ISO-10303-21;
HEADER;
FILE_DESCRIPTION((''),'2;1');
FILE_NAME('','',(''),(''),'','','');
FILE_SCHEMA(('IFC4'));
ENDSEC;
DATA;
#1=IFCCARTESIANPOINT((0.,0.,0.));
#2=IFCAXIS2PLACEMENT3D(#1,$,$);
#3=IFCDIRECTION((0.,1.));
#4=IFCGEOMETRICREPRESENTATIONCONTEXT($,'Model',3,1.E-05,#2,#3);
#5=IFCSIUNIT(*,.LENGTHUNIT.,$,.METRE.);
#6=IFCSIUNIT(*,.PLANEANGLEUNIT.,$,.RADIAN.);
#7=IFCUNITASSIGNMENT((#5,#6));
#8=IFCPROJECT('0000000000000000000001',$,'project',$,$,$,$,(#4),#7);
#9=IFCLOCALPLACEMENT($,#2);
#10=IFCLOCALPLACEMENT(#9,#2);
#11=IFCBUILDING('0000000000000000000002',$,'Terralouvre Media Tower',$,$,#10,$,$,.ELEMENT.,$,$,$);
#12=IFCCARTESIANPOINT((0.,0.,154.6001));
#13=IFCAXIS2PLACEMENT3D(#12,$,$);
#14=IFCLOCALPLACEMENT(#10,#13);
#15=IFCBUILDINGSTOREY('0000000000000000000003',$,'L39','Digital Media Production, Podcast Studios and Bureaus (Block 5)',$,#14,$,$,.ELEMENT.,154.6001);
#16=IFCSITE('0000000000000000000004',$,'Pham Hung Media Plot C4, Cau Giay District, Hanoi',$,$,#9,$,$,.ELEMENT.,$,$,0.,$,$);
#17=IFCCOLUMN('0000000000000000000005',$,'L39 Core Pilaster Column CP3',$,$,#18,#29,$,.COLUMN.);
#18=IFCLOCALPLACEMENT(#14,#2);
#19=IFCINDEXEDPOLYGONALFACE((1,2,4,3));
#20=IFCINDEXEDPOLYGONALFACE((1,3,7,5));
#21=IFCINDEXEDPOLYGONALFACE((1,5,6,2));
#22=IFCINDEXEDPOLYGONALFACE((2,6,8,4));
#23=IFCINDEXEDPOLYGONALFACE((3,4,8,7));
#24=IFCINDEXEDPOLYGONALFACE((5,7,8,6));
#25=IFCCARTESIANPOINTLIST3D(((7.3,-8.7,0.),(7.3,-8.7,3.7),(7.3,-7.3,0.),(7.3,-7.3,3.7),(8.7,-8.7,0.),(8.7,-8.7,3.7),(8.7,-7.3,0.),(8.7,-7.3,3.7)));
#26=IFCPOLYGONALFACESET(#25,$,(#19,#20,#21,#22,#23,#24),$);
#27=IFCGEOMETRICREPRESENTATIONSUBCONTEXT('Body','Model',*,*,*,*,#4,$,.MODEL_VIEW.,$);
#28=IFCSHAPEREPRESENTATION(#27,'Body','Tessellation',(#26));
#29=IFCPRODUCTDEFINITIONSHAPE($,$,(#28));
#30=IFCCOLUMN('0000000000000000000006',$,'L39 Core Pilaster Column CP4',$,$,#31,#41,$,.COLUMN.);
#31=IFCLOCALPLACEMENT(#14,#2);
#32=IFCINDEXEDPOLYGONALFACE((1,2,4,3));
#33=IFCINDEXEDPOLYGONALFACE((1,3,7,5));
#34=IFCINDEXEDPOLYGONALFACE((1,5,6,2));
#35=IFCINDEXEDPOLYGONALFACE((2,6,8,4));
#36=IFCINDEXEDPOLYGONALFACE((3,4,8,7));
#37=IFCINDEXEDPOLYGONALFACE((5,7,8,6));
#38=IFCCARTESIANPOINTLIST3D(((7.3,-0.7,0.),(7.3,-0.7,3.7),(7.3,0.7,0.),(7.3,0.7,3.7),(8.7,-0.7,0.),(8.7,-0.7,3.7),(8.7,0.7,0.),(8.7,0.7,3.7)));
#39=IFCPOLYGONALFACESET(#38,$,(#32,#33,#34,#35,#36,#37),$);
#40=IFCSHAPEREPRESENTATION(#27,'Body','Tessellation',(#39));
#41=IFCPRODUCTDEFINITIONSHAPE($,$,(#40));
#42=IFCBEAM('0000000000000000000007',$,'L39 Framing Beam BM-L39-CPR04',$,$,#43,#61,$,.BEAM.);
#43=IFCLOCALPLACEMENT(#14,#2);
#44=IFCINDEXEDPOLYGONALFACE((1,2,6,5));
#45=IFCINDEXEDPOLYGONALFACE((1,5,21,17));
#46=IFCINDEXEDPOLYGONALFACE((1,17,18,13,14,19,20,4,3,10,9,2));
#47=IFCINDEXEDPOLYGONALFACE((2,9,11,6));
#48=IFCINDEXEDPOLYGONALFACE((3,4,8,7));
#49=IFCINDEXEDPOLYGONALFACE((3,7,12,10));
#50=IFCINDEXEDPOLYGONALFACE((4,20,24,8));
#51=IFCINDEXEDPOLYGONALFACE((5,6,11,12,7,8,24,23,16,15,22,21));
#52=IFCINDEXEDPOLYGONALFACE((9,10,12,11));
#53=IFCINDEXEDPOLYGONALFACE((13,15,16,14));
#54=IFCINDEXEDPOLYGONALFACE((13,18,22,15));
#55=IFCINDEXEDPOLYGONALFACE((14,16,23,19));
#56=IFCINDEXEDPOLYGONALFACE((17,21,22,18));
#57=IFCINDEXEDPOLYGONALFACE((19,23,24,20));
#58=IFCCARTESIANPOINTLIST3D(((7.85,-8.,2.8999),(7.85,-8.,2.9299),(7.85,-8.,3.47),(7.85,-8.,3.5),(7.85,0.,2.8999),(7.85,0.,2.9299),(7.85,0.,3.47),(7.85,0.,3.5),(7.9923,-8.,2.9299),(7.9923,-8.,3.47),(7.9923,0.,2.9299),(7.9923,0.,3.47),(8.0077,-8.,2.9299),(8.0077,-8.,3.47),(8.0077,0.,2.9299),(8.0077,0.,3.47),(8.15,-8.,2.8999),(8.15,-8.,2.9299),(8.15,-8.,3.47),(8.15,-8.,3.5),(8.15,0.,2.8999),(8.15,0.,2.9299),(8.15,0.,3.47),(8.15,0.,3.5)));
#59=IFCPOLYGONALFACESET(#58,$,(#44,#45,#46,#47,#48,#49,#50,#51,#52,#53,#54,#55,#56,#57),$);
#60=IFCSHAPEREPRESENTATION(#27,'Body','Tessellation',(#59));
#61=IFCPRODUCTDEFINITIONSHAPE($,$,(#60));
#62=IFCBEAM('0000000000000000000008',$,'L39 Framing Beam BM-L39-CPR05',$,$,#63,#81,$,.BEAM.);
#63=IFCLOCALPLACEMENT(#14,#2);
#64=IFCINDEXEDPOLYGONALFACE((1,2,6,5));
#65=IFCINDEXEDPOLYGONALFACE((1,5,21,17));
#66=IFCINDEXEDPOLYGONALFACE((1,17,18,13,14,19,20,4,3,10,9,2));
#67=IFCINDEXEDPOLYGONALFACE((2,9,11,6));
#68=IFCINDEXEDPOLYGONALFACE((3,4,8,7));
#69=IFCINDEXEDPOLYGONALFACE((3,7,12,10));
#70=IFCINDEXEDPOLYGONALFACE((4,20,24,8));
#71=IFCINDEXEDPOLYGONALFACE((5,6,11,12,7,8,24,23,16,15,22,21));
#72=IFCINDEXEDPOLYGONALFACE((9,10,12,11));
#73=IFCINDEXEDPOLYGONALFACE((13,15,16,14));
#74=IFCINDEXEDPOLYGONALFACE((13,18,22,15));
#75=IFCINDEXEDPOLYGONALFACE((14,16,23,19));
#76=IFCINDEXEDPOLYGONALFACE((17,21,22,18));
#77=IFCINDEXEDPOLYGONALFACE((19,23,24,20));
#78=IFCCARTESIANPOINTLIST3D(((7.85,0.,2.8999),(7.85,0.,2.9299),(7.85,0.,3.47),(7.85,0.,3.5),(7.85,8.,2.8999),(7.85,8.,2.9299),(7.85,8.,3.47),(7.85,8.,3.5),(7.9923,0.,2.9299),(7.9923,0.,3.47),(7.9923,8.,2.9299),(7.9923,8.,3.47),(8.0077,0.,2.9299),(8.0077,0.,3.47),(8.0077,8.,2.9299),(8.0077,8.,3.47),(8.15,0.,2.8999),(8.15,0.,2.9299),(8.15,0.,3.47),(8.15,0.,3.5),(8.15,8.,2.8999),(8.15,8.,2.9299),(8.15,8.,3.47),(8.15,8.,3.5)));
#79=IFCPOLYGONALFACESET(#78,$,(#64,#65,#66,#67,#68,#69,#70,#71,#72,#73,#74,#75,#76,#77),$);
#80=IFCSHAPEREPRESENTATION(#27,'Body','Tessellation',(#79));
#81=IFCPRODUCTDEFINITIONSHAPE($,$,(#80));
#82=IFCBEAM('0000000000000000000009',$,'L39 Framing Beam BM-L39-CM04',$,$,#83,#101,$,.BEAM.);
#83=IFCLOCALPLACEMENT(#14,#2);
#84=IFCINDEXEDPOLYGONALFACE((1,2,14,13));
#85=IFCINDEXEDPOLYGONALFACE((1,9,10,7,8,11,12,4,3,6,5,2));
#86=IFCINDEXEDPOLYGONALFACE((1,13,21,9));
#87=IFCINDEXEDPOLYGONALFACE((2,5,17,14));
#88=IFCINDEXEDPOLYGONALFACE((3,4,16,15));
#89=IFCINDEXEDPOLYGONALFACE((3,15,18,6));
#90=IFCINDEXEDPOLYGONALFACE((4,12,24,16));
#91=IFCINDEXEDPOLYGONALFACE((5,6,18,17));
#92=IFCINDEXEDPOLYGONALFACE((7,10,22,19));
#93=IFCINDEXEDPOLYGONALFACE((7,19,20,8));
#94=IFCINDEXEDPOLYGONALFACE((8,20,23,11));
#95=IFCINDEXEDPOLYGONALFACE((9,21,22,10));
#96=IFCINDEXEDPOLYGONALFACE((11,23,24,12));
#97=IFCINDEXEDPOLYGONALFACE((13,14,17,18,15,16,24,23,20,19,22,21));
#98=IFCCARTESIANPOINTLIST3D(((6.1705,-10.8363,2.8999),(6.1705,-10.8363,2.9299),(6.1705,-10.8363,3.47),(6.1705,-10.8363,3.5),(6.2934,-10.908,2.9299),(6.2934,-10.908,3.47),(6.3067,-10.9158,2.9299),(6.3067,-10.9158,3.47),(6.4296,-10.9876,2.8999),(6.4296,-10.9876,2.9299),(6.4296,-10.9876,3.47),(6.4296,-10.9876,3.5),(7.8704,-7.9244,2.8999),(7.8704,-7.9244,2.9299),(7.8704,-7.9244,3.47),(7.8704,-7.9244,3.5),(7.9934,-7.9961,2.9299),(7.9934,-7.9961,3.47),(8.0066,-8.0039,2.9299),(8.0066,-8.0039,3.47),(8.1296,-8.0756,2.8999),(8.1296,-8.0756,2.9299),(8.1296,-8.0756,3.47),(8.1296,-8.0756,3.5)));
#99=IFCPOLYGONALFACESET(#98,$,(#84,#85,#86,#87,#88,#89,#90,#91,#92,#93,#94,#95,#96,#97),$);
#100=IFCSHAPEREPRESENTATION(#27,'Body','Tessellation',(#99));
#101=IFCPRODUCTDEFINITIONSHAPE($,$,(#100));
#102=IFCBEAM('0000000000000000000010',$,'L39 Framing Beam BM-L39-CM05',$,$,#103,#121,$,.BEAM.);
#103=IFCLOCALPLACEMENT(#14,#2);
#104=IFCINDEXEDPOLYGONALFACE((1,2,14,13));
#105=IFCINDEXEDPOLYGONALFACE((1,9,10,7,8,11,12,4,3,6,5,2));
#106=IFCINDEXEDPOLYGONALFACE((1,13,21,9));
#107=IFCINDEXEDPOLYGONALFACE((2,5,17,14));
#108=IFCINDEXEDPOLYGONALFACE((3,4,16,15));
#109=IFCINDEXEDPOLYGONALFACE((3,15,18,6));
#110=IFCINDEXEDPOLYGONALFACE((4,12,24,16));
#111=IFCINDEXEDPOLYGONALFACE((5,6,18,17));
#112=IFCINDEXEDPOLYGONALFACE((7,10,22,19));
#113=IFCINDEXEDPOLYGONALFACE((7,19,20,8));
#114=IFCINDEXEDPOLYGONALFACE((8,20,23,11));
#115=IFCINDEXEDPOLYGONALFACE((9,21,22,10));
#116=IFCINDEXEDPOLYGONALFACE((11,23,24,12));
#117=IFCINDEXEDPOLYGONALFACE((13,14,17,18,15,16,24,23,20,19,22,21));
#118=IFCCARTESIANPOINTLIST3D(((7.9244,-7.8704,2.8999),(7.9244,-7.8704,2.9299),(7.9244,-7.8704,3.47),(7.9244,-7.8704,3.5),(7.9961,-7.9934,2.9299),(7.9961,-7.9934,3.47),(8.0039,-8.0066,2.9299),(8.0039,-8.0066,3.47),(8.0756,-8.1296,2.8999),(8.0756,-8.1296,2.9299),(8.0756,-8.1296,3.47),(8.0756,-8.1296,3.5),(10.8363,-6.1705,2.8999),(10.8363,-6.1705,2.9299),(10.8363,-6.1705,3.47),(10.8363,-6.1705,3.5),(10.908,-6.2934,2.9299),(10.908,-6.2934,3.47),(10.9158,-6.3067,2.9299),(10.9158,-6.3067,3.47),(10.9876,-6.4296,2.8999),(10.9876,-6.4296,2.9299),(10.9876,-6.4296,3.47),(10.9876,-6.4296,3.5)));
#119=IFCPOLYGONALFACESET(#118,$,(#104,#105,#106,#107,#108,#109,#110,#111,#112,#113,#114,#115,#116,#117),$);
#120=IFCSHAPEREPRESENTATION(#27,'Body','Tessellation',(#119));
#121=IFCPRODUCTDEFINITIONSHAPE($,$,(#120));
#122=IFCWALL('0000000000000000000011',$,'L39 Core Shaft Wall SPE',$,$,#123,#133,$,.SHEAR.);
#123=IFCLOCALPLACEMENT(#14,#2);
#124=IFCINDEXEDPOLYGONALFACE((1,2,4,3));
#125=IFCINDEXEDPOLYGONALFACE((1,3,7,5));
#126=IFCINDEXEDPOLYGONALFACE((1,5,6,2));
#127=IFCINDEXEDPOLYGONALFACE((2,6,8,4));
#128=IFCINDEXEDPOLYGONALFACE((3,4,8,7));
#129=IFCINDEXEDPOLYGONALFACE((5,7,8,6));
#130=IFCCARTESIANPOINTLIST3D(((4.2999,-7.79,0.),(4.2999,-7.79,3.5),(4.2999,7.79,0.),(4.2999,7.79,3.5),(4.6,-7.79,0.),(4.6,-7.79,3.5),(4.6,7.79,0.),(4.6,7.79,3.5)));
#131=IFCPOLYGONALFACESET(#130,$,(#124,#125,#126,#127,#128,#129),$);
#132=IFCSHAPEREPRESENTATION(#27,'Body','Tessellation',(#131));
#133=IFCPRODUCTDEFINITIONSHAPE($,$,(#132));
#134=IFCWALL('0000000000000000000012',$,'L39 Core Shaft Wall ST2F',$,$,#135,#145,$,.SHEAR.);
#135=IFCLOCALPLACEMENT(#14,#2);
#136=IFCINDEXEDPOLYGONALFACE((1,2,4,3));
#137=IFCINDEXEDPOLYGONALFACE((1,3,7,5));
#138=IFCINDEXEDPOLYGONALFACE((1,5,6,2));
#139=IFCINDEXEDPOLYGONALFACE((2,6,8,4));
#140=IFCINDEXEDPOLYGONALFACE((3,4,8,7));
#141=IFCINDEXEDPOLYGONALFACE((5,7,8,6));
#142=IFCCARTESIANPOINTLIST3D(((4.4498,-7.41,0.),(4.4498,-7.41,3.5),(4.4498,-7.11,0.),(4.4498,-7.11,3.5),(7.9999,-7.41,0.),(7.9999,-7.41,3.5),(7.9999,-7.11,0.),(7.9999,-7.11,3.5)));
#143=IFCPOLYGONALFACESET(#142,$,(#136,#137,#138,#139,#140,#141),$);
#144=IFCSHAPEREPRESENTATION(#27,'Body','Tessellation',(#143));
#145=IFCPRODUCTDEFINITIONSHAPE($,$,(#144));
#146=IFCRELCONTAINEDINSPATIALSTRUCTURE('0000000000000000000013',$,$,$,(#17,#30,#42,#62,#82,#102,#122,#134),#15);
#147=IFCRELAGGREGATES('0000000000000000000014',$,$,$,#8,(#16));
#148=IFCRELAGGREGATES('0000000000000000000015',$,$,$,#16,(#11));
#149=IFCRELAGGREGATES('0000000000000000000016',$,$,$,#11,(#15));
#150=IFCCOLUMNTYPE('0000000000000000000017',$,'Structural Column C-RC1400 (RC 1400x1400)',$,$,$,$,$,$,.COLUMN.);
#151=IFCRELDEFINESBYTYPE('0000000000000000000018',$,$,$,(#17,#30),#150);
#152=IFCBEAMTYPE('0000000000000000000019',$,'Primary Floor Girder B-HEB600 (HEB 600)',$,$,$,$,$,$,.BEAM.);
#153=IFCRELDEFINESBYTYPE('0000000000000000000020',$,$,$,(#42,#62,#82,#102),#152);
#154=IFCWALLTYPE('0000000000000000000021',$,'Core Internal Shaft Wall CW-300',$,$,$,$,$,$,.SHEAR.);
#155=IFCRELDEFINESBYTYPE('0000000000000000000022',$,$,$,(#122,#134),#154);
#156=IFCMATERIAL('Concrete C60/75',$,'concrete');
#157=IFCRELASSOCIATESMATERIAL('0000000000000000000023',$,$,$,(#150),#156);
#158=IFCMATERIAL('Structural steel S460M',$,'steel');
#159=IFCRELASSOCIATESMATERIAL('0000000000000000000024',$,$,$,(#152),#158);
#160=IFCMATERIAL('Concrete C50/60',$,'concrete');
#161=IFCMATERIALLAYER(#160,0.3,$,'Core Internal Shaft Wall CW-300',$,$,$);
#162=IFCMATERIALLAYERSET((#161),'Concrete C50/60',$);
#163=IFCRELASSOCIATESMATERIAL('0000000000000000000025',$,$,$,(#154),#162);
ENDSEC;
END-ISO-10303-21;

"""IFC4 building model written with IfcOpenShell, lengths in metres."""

from ifc_helpers import new_model, si_unit, direction, frame, frame_2d, origin, origin_2d, place, context, subcontext, project, spatial, rectangle, i_section, extrude, material, layer, layer_set, material_profile, profile_set, type_object, element, save


model = new_model("IFC4")

# Units and contexts
model_context = context("Model", 3, precision=1e-05, world=origin(), true_north=direction((0.0, 1.0)))
body_context = subcontext(model_context, "Body", "Model", "MODEL_VIEW")
ifc_project = project(units=[si_unit("LENGTHUNIT", "METRE"), si_unit("PLANEANGLEUNIT", "RADIAN")], contexts=[model_context])

# Site, building, storey
site_placement = place(None, origin())
site = spatial("IfcSite", under=ifc_project, at=site_placement, Name="Pham Hung Media Plot C4, Cau Giay District, Hanoi", CompositionType="ELEMENT", RefElevation=0.0)
building_placement = place(site_placement, origin())
building = spatial("IfcBuilding", under=site, at=building_placement, Name="Terralouvre Media Tower", CompositionType="ELEMENT")
storey_placement = place(building_placement, frame((0.0, 0.0, 154.6001)))
storey = spatial("IfcBuildingStorey", under=building, at=storey_placement, Name="L39", Description="Digital Media Production, Podcast Studios and Bureaus (Block 5)", CompositionType="ELEMENT", Elevation=154.6001)

# Columns
ifc_material_1 = material(Name="Concrete C60/75", Category="concrete")
ifc_material_profile_1 = material_profile(ifc_material_1, rectangle(XDim=1.3999, YDim=1.3999, at=origin_2d()), Name="RC 1400x1400")
ifc_profile_set_1 = profile_set([ifc_material_profile_1], Name="Concrete C60/75")
column_type = type_object("IfcColumnType", Name="Structural Column C-RC1400 (RC 1400x1400)", PredefinedType="COLUMN", material=ifc_profile_set_1)
for number, where, z_axis, x_axis, name in (
    (1, (8.0, -8.0, 0.0), (0.0, 0.0, 1.0), (1.0, 0.0, 0.0), "L39 Core Pilaster Column CP3"),
    (2, (8.0, 0.0, 0.0), (0.0, 0.0, 1.0), (1.0, 0.0, 0.0), "L39 Core Pilaster Column CP4"),
):
    element("IfcColumn", number, at=place(storey_placement, frame(where, z_axis=z_axis, x_axis=x_axis)), inside=storey, type_object=column_type, Name=name, PredefinedType="COLUMN", context=body_context, shape_type="SweptSolid", body=[
        extrude(rectangle(XDim=1.3999, YDim=1.3999, at=origin_2d()), origin(), (0.0, 0.0, 1.0), 3.7),
    ])

# Beams
ifc_material_2 = material(Name="Structural steel S460M", Category="steel")
ifc_material_profile_2 = material_profile(ifc_material_2, i_section(OverallWidth=0.3, OverallDepth=0.6001, WebThickness=0.0154, FlangeThickness=0.03, at=origin_2d()), Name="HEB 600")
ifc_profile_set_2 = profile_set([ifc_material_profile_2], Name="Structural steel S460M")
beam_type = type_object("IfcBeamType", Name="Primary Floor Girder B-HEB600 (HEB 600)", PredefinedType="BEAM", material=ifc_profile_set_2)
for number, where, z_axis, x_axis, name in (
    (3, (8.0, -8.0, 3.2), (0.0, 1.0, 0.0), (-1.0, 0.0, 0.0), "L39 Framing Beam BM-L39-CPR04"),
    (4, (8.0, 0.0, 3.2), (0.0, 1.0, 0.0), (-1.0, 0.0, 0.0), "L39 Framing Beam BM-L39-CPR05"),
):
    element("IfcBeam", number, at=place(storey_placement, frame(where, z_axis=z_axis, x_axis=x_axis)), inside=storey, type_object=beam_type, Name=name, PredefinedType="BEAM", context=body_context, shape_type="SweptSolid", body=[
        extrude(i_section(OverallWidth=0.3, OverallDepth=0.6001, WebThickness=0.0154, FlangeThickness=0.03, at=origin_2d()), origin(), (0.0, 0.0, 1.0), 8.0),
    ])
for number, where, z_axis, x_axis, name in (
    (5, (8.0, -8.0, 3.2), (-0.504173, -0.863603, 0.0), (0.863603, -0.504173, 0.0), "L39 Framing Beam BM-L39-CM04"),
    (6, (8.0, -8.0, 3.2), (0.863603, 0.504173, 0.0), (-0.504173, 0.863603, 0.0), "L39 Framing Beam BM-L39-CM05"),
):
    element("IfcBeam", number, at=place(storey_placement, frame(where, z_axis=z_axis, x_axis=x_axis)), inside=storey, type_object=beam_type, Name=name, PredefinedType="BEAM", context=body_context, shape_type="SweptSolid", body=[
        extrude(i_section(OverallWidth=0.3, OverallDepth=0.6001, WebThickness=0.0154, FlangeThickness=0.03, at=origin_2d()), origin(), (0.0, 0.0, 1.0), 3.3718),
    ])

# Wall
ifc_material_3 = material(Name="Concrete C50/60", Category="concrete")
ifc_layer_1 = layer(ifc_material_3, 0.3, Name="Core Internal Shaft Wall CW-300")
ifc_layer_set_1 = layer_set([ifc_layer_1], Name="Concrete C50/60")
wall_type_1 = type_object("IfcWallType", Name="Core Internal Shaft Wall CW-300", PredefinedType="SHEAR", material=ifc_layer_set_1)
wall_1_placement = place(storey_placement, frame((4.45, -7.79, 0.0), z_axis=(0.0, 0.0, 1.0), x_axis=(0.0, 1.0, 0.0)))
element("IfcWall", 7, at=wall_1_placement, inside=storey, type_object=wall_type_1, Name="L39 Core Shaft Wall SPE", PredefinedType="SHEAR", context=body_context, shape_type="SweptSolid", body=[
    extrude(rectangle(XDim=15.5801, YDim=0.3, at=frame_2d((7.79, 0.0))), origin(), (0.0, 0.0, 1.0), 3.5),
])

# Wall
wall_2_placement = place(storey_placement, frame((4.45, -7.26, 0.0), z_axis=(0.0, 0.0, 1.0), x_axis=(1.0, 0.0, 0.0)))
element("IfcWall", 8, at=wall_2_placement, inside=storey, type_object=wall_type_1, Name="L39 Core Shaft Wall ST2F", PredefinedType="SHEAR", context=body_context, shape_type="SweptSolid", body=[
    extrude(rectangle(XDim=3.55, YDim=0.3, at=frame_2d((1.7749, 0.0))), origin(), (0.0, 0.0, 1.0), 3.5),
])

save(model, "model.ifc")
